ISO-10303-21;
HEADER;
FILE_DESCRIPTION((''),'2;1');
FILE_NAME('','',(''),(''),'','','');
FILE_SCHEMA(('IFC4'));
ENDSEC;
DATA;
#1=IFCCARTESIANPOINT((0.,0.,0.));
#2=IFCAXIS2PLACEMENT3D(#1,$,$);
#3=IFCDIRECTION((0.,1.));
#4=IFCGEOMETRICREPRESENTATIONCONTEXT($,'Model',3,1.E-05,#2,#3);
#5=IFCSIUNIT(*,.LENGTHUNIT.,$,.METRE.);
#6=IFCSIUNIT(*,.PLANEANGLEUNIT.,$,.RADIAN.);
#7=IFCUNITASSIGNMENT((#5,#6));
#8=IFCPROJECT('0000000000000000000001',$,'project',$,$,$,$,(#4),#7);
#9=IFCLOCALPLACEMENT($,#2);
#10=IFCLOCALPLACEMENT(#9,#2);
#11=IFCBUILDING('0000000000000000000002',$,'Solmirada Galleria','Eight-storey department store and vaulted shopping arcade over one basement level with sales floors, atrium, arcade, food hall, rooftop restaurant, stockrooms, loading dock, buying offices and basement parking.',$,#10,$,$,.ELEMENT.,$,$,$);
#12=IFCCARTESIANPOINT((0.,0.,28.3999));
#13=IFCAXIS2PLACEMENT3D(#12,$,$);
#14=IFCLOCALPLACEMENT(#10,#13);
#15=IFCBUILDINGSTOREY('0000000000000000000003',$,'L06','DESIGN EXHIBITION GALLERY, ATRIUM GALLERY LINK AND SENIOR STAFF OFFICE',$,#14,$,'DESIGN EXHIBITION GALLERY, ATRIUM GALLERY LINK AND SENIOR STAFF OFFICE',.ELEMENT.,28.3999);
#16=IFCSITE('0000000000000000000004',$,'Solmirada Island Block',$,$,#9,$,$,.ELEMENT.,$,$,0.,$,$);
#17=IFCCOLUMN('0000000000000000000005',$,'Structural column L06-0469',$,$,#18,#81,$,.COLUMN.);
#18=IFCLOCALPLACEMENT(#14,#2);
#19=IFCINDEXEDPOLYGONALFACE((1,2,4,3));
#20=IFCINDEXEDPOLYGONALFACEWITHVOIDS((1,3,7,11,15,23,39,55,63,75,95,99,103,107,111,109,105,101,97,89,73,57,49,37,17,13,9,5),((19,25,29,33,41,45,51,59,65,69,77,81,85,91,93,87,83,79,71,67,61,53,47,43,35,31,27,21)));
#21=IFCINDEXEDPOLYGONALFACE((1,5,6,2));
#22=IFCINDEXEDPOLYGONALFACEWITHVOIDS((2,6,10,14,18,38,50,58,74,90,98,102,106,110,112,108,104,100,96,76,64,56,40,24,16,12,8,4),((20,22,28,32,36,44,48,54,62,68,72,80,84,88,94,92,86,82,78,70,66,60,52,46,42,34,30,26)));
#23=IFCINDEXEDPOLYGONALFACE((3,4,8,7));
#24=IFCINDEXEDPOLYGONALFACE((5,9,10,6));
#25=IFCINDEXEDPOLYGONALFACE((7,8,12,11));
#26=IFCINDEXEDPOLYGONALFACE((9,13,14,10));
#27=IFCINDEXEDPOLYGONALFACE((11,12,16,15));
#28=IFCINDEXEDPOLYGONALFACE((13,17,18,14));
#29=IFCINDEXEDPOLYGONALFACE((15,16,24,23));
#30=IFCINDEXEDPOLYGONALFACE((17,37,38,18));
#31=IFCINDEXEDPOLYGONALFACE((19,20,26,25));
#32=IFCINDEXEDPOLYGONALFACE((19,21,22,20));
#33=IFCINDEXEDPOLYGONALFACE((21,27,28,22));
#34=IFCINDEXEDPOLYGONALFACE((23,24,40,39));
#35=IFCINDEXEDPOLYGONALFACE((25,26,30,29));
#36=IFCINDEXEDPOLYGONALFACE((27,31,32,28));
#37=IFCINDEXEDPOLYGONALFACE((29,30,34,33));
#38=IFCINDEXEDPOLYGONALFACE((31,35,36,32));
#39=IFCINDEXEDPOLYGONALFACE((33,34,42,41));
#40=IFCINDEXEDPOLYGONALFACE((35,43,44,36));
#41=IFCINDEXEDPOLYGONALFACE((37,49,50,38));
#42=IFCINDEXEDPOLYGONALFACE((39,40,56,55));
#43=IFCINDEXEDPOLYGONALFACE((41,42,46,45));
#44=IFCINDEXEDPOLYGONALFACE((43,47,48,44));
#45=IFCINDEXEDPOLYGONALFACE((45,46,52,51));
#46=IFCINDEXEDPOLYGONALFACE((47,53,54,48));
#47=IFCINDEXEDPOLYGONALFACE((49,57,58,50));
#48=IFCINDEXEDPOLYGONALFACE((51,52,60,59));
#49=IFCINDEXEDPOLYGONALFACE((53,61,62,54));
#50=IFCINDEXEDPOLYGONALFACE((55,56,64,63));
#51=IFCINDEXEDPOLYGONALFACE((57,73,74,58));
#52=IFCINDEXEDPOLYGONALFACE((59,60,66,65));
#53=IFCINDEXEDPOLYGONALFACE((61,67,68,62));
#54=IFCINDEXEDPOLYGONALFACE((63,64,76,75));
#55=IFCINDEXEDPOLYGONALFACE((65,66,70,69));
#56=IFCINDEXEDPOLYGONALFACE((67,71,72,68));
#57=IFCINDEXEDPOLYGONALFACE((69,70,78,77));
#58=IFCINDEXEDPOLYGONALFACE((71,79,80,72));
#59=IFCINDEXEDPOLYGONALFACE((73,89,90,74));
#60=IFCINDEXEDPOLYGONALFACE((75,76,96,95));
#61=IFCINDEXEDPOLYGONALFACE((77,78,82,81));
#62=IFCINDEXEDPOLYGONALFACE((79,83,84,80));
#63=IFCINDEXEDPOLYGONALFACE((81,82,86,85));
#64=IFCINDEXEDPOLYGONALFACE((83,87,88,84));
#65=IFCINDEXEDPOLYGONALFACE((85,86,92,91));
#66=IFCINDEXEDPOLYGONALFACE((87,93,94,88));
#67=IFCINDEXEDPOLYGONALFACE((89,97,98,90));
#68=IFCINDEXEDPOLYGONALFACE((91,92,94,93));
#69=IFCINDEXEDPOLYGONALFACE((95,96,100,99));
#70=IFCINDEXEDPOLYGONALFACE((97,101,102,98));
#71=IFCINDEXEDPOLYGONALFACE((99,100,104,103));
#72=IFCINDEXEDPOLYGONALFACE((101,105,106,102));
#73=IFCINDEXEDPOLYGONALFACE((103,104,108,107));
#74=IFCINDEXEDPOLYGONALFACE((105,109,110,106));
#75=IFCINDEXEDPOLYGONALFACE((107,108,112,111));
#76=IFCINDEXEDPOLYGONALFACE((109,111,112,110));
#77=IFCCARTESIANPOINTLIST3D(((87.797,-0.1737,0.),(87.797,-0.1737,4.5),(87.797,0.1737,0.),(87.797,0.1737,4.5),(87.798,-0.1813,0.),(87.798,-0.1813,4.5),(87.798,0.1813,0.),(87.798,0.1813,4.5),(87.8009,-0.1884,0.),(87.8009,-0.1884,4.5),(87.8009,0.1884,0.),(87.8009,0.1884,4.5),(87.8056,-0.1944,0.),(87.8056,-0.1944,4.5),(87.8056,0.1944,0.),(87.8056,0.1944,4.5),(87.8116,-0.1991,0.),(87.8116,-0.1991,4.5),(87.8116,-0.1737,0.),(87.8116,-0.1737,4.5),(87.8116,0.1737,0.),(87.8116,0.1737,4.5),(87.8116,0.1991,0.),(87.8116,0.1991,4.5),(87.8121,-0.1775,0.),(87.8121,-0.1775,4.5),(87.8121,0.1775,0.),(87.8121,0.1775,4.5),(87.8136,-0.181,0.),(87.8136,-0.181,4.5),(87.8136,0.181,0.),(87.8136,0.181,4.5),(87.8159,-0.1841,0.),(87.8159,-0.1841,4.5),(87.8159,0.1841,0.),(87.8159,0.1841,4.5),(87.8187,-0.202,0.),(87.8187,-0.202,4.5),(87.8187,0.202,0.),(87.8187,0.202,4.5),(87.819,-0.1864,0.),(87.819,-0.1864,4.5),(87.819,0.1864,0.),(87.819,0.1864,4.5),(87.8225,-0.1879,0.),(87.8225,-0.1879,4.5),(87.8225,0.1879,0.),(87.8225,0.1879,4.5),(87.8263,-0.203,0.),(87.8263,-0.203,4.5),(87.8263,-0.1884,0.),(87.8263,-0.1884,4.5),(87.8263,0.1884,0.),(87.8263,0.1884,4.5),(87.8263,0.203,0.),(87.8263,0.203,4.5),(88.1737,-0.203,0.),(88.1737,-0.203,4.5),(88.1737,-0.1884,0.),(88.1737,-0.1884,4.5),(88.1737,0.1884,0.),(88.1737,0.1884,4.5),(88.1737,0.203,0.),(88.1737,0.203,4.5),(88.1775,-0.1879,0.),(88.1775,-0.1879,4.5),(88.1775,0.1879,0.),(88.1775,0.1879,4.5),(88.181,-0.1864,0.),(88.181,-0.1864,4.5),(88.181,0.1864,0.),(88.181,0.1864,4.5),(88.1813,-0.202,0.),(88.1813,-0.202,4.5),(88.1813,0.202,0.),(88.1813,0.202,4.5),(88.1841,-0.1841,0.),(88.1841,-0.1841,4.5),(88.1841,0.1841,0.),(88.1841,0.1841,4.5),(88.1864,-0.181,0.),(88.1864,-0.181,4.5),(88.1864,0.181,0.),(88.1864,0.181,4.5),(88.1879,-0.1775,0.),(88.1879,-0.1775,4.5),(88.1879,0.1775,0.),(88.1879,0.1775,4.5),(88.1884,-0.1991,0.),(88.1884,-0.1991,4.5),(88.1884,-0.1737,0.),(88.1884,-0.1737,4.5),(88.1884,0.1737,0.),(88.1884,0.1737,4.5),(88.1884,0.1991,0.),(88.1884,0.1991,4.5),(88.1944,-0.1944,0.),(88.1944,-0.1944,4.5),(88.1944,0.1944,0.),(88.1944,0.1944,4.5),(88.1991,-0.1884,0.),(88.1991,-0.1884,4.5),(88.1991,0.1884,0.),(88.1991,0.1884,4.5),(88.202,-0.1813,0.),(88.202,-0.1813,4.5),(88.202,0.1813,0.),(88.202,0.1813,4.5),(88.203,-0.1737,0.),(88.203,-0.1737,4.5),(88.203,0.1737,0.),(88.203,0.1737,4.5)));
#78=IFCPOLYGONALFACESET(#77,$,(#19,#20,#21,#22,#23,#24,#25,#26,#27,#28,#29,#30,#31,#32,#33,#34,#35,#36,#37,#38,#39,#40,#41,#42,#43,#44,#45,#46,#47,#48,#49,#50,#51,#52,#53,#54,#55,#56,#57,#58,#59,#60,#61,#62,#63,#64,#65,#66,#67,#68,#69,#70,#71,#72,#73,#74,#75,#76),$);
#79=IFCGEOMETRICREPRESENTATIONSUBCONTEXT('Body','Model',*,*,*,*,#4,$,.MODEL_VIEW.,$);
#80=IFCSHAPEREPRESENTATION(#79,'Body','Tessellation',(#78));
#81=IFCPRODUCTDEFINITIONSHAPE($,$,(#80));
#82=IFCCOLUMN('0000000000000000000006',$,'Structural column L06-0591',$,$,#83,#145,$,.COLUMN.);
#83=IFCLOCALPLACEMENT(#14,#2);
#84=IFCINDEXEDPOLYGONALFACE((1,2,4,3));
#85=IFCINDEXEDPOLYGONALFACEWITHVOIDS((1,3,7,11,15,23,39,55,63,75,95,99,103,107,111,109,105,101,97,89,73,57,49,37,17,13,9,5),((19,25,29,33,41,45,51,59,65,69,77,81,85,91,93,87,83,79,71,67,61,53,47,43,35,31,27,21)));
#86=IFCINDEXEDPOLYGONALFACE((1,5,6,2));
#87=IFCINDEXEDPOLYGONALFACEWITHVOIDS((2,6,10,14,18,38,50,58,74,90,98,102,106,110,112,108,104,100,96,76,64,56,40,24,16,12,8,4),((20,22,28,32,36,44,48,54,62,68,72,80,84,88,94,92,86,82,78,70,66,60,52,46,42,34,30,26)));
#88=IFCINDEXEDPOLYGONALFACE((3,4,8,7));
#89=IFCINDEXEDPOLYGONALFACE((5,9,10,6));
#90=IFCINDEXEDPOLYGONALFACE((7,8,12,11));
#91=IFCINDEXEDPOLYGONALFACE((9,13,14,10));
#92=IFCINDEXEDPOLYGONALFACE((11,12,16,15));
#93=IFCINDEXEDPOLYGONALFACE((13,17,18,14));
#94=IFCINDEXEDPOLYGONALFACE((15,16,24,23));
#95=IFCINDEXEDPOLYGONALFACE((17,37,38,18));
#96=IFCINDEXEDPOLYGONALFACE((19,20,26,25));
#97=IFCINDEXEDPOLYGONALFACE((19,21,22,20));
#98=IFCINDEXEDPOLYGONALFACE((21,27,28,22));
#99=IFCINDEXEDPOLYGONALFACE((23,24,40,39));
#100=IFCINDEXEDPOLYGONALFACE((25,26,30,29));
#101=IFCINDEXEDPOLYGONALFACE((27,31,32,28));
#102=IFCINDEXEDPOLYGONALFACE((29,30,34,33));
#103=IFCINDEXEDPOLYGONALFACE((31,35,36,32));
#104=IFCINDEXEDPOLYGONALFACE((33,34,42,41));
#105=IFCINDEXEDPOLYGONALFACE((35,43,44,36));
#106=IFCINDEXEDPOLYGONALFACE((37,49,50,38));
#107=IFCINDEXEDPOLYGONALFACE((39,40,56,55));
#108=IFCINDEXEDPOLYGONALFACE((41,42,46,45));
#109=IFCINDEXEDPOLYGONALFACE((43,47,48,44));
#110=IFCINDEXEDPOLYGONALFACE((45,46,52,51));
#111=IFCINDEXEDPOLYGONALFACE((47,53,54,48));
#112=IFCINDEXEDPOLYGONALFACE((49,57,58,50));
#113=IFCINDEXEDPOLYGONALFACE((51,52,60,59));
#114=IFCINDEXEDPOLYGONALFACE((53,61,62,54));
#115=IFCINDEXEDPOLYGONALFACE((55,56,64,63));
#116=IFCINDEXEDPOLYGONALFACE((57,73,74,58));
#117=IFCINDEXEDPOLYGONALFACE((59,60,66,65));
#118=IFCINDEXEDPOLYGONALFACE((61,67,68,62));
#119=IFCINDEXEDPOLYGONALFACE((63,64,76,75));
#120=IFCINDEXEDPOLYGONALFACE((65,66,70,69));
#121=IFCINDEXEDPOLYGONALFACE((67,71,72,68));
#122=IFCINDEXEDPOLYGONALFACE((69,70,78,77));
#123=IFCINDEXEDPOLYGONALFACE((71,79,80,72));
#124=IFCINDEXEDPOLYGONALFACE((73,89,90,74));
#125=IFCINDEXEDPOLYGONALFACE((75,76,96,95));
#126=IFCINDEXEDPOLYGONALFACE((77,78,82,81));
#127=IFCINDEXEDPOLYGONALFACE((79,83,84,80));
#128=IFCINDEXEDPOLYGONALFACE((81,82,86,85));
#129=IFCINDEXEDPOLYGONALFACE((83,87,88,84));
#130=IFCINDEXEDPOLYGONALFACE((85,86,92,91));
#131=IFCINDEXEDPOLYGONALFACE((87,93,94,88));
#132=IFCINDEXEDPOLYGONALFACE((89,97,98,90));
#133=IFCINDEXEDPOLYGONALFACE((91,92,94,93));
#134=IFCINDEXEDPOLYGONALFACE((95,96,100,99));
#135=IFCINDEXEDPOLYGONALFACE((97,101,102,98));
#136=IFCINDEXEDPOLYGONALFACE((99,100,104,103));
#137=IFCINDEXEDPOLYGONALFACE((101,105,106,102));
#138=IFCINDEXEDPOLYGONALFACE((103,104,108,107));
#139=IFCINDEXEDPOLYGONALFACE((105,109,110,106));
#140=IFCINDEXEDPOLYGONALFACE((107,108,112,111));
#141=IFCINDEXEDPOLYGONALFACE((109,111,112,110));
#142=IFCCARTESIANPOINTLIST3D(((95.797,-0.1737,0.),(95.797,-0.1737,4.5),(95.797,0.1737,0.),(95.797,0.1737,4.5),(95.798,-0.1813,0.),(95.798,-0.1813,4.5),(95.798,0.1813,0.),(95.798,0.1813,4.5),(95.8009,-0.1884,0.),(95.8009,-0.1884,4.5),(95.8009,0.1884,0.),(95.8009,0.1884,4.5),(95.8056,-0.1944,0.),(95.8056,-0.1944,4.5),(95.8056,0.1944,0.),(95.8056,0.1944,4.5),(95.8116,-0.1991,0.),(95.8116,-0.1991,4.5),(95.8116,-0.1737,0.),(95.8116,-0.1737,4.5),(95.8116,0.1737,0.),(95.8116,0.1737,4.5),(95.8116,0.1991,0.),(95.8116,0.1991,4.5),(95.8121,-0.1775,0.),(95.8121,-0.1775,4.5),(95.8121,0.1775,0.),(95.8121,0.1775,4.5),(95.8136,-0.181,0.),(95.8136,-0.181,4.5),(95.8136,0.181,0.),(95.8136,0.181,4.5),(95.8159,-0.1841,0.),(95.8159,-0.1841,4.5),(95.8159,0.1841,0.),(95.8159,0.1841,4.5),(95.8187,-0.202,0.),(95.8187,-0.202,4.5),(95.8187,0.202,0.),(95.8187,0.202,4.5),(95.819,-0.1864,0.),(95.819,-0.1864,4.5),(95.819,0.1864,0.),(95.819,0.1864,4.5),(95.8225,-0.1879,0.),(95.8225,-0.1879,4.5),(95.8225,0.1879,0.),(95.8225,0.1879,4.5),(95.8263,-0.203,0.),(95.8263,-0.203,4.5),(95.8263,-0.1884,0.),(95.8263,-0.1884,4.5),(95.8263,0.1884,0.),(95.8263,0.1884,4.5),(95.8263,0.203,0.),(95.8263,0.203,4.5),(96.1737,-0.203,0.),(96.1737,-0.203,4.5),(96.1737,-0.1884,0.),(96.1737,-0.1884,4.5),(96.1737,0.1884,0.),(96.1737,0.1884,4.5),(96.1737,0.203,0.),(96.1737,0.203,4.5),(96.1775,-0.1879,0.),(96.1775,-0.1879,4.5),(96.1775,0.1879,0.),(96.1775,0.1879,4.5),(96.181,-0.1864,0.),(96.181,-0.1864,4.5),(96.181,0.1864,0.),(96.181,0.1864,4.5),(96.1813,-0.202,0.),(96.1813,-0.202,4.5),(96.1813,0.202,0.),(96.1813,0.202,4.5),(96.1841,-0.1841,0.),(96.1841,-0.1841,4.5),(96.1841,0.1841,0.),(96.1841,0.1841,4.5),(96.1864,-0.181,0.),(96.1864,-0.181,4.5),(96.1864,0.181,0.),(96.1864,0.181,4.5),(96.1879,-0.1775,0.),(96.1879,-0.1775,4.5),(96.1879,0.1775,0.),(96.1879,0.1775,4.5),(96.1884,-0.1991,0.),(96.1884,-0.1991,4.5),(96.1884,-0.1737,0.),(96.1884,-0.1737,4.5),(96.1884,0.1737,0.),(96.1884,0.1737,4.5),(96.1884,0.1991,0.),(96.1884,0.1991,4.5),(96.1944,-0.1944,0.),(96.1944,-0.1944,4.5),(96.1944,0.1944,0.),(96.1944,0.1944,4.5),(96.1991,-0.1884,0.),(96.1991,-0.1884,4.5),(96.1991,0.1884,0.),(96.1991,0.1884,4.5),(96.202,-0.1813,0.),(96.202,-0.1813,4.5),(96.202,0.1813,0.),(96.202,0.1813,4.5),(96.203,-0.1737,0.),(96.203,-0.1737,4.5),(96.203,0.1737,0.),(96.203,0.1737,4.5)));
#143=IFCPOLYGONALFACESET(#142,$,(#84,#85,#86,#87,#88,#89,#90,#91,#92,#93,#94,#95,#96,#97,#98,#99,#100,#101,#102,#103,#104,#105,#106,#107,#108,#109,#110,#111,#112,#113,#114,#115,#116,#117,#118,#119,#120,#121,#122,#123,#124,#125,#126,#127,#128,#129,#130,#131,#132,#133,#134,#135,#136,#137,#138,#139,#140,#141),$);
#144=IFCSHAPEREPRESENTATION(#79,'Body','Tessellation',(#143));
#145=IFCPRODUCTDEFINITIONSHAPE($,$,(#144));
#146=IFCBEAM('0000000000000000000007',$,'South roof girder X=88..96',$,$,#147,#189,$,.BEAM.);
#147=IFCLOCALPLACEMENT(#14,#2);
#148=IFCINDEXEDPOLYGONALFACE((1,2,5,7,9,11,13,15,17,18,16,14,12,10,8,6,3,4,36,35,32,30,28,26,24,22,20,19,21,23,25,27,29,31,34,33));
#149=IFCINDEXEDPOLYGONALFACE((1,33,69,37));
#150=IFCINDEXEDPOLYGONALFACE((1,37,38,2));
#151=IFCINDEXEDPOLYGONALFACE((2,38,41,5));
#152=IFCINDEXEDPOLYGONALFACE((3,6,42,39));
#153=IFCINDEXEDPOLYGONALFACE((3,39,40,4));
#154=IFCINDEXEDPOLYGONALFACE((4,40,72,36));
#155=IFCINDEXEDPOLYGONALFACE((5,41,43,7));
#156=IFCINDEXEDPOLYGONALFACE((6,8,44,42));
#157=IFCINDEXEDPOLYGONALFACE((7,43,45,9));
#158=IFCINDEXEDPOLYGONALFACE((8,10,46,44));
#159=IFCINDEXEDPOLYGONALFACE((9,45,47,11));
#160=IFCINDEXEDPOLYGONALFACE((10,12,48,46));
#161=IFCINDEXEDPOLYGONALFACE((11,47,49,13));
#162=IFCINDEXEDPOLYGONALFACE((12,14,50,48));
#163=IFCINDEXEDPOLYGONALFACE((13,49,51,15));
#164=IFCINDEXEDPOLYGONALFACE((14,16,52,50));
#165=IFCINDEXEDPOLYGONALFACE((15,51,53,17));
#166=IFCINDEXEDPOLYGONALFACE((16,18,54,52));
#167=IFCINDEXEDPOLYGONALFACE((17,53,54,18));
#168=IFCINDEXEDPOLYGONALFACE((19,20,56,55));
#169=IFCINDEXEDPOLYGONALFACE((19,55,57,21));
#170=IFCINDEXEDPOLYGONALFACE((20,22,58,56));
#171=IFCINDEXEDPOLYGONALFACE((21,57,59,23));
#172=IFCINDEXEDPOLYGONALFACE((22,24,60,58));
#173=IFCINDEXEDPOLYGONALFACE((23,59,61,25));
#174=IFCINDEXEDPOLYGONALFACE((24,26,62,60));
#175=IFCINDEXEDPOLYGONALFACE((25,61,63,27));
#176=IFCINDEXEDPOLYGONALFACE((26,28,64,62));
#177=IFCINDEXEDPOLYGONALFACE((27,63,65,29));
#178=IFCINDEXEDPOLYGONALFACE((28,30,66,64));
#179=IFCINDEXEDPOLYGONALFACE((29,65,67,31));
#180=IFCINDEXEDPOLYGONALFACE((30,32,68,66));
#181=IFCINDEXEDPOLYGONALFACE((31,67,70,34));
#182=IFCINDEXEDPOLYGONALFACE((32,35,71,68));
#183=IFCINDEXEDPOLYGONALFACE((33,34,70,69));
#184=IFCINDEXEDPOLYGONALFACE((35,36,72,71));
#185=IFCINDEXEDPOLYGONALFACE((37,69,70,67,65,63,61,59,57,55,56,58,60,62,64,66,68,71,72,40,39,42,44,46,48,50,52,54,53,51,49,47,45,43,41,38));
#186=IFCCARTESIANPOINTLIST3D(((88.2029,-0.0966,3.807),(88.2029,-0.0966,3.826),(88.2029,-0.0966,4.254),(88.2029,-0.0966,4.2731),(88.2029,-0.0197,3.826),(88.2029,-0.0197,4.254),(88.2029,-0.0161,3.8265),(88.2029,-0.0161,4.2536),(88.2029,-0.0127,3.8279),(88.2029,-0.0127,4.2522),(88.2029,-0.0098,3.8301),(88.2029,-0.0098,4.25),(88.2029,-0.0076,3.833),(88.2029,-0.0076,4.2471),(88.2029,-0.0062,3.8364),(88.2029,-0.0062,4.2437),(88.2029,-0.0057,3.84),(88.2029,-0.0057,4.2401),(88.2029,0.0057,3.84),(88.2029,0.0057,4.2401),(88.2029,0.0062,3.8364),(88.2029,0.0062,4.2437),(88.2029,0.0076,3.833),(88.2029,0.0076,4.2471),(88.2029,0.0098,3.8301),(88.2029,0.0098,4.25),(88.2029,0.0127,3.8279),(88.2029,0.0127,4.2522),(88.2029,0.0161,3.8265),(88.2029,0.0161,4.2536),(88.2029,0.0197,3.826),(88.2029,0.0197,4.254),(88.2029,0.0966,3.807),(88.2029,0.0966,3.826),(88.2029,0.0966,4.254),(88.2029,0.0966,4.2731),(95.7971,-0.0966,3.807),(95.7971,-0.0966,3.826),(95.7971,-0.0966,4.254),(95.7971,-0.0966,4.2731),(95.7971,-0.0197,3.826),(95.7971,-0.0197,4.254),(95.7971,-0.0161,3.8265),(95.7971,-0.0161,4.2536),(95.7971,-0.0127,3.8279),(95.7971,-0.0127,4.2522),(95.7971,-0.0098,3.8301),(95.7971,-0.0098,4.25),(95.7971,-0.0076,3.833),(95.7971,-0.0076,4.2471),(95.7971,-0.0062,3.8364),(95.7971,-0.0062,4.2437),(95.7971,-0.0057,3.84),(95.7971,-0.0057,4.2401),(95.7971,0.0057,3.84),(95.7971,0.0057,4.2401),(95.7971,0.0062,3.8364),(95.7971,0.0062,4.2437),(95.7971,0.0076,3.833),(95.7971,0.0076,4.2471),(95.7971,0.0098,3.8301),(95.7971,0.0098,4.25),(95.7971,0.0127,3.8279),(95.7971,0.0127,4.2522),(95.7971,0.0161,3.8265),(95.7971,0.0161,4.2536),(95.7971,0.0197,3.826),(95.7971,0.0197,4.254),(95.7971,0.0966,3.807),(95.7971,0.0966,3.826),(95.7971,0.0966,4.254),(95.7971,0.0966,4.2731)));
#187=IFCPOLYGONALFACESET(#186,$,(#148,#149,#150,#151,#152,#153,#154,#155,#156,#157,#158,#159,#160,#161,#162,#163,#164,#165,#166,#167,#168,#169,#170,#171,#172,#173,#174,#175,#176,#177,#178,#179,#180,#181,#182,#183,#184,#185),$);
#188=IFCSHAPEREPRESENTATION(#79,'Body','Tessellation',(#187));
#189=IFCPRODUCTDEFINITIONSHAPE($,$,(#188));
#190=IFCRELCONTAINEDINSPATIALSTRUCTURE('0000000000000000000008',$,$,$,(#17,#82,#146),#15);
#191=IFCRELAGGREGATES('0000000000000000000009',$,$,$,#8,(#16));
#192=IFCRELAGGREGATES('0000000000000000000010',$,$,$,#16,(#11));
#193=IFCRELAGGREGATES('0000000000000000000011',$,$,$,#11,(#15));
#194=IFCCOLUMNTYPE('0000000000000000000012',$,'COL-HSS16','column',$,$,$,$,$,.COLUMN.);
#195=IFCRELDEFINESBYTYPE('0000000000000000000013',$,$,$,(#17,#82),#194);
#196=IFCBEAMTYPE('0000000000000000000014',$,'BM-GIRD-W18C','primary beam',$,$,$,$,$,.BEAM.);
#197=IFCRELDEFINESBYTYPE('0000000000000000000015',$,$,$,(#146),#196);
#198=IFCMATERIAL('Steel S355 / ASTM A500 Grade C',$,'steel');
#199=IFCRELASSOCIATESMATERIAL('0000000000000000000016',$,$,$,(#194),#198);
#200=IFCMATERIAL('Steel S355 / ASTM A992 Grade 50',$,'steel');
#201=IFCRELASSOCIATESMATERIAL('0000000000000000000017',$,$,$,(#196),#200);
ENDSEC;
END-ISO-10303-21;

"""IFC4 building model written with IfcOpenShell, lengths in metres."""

from ifc_helpers import new_model, si_unit, direction, frame, origin, origin_2d, place, context, subcontext, project, spatial, hollow_rectangle, i_section, extrude, material, material_profile, profile_set, type_object, element, save


model = new_model("IFC4")

# Units and contexts
model_context = context("Model", 3, precision=1e-05, world=origin(), true_north=direction((0.0, 1.0)))
body_context = subcontext(model_context, "Body", "Model", "MODEL_VIEW")
ifc_project = project(units=[si_unit("LENGTHUNIT", "METRE"), si_unit("PLANEANGLEUNIT", "RADIAN")], contexts=[model_context])

# Site, building, storey
site_placement = place(None, origin())
site = spatial("IfcSite", under=ifc_project, at=site_placement, Name="Solmirada Island Block", CompositionType="ELEMENT", RefElevation=0.0)
building_placement = place(site_placement, origin())
building = spatial("IfcBuilding", under=site, at=building_placement, Name="Solmirada Galleria", Description="Eight-storey department store and vaulted shopping arcade over one basement level with sales floors, atrium, arcade, food hall, rooftop restaurant, stockrooms, loading dock, buying offices and basement parking.", CompositionType="ELEMENT")
storey_placement = place(building_placement, frame((0.0, 0.0, 28.3999)))
storey = spatial("IfcBuildingStorey", under=building, at=storey_placement, Name="L06", Description="DESIGN EXHIBITION GALLERY, ATRIUM GALLERY LINK AND SENIOR STAFF OFFICE", LongName="DESIGN EXHIBITION GALLERY, ATRIUM GALLERY LINK AND SENIOR STAFF OFFICE", CompositionType="ELEMENT", Elevation=28.3999)

# Columns
ifc_material_1 = material(Name="Steel S355 / ASTM A500 Grade C", Category="steel")
ifc_material_profile_1 = material_profile(ifc_material_1, hollow_rectangle(XDim=0.406, YDim=0.406, WallThickness=0.0146, InnerFilletRadius=0.0146, OuterFilletRadius=0.0293, at=origin_2d()), Name="HSS16X16X5/8")
ifc_profile_set_1 = profile_set([ifc_material_profile_1], Name="Steel S355 / ASTM A500 Grade C")
column_type = type_object("IfcColumnType", Name="COL-HSS16", Description="column", PredefinedType="COLUMN", material=ifc_profile_set_1)
for number, where, z_axis, x_axis, name in (
    (1, (88.0, 0.0, 0.0), (0.0, 0.0, 1.0), (1.0, 0.0, 0.0), "Structural column L06-0469"),
    (2, (96.0, 0.0, 0.0), (0.0, 0.0, 1.0), (1.0, 0.0, 0.0), "Structural column L06-0591"),
):
    element("IfcColumn", number, at=place(storey_placement, frame(where, z_axis=z_axis, x_axis=x_axis)), inside=storey, type_object=column_type, Name=name, PredefinedType="COLUMN", context=body_context, shape_type="SweptSolid", body=[
        extrude(hollow_rectangle(XDim=0.406, YDim=0.406, WallThickness=0.0146, InnerFilletRadius=0.0146, OuterFilletRadius=0.0293, at=origin_2d()), origin(), (0.0, 0.0, 1.0), 4.5),
    ])

# Beam
ifc_material_2 = material(Name="Steel S355 / ASTM A992 Grade 50", Category="steel")
ifc_material_profile_2 = material_profile(ifc_material_2, i_section(OverallWidth=0.1931, OverallDepth=0.4661, WebThickness=0.0115, FlangeThickness=0.019, FilletRadius=0.0139, at=origin_2d()), Name="W18X65")
ifc_profile_set_2 = profile_set([ifc_material_profile_2], Name="Steel S355 / ASTM A992 Grade 50")
beam_type = type_object("IfcBeamType", Name="BM-GIRD-W18C", Description="primary beam", PredefinedType="BEAM", material=ifc_profile_set_2)
beam_placement = place(storey_placement, frame((88.2029, 0.0, 4.04), z_axis=(1.0, 0.0, 0.0), x_axis=(0.0, 1.0, 0.0)))
element("IfcBeam", 3, at=beam_placement, inside=storey, type_object=beam_type, Name="South roof girder X=88..96", PredefinedType="BEAM", context=body_context, shape_type="SweptSolid", body=[
    extrude(i_section(OverallWidth=0.1931, OverallDepth=0.4661, WebThickness=0.0115, FlangeThickness=0.019, FilletRadius=0.0139, at=origin_2d()), origin(), (0.0, 0.0, 1.0), 7.5942),
])

save(model, "model.ifc")
